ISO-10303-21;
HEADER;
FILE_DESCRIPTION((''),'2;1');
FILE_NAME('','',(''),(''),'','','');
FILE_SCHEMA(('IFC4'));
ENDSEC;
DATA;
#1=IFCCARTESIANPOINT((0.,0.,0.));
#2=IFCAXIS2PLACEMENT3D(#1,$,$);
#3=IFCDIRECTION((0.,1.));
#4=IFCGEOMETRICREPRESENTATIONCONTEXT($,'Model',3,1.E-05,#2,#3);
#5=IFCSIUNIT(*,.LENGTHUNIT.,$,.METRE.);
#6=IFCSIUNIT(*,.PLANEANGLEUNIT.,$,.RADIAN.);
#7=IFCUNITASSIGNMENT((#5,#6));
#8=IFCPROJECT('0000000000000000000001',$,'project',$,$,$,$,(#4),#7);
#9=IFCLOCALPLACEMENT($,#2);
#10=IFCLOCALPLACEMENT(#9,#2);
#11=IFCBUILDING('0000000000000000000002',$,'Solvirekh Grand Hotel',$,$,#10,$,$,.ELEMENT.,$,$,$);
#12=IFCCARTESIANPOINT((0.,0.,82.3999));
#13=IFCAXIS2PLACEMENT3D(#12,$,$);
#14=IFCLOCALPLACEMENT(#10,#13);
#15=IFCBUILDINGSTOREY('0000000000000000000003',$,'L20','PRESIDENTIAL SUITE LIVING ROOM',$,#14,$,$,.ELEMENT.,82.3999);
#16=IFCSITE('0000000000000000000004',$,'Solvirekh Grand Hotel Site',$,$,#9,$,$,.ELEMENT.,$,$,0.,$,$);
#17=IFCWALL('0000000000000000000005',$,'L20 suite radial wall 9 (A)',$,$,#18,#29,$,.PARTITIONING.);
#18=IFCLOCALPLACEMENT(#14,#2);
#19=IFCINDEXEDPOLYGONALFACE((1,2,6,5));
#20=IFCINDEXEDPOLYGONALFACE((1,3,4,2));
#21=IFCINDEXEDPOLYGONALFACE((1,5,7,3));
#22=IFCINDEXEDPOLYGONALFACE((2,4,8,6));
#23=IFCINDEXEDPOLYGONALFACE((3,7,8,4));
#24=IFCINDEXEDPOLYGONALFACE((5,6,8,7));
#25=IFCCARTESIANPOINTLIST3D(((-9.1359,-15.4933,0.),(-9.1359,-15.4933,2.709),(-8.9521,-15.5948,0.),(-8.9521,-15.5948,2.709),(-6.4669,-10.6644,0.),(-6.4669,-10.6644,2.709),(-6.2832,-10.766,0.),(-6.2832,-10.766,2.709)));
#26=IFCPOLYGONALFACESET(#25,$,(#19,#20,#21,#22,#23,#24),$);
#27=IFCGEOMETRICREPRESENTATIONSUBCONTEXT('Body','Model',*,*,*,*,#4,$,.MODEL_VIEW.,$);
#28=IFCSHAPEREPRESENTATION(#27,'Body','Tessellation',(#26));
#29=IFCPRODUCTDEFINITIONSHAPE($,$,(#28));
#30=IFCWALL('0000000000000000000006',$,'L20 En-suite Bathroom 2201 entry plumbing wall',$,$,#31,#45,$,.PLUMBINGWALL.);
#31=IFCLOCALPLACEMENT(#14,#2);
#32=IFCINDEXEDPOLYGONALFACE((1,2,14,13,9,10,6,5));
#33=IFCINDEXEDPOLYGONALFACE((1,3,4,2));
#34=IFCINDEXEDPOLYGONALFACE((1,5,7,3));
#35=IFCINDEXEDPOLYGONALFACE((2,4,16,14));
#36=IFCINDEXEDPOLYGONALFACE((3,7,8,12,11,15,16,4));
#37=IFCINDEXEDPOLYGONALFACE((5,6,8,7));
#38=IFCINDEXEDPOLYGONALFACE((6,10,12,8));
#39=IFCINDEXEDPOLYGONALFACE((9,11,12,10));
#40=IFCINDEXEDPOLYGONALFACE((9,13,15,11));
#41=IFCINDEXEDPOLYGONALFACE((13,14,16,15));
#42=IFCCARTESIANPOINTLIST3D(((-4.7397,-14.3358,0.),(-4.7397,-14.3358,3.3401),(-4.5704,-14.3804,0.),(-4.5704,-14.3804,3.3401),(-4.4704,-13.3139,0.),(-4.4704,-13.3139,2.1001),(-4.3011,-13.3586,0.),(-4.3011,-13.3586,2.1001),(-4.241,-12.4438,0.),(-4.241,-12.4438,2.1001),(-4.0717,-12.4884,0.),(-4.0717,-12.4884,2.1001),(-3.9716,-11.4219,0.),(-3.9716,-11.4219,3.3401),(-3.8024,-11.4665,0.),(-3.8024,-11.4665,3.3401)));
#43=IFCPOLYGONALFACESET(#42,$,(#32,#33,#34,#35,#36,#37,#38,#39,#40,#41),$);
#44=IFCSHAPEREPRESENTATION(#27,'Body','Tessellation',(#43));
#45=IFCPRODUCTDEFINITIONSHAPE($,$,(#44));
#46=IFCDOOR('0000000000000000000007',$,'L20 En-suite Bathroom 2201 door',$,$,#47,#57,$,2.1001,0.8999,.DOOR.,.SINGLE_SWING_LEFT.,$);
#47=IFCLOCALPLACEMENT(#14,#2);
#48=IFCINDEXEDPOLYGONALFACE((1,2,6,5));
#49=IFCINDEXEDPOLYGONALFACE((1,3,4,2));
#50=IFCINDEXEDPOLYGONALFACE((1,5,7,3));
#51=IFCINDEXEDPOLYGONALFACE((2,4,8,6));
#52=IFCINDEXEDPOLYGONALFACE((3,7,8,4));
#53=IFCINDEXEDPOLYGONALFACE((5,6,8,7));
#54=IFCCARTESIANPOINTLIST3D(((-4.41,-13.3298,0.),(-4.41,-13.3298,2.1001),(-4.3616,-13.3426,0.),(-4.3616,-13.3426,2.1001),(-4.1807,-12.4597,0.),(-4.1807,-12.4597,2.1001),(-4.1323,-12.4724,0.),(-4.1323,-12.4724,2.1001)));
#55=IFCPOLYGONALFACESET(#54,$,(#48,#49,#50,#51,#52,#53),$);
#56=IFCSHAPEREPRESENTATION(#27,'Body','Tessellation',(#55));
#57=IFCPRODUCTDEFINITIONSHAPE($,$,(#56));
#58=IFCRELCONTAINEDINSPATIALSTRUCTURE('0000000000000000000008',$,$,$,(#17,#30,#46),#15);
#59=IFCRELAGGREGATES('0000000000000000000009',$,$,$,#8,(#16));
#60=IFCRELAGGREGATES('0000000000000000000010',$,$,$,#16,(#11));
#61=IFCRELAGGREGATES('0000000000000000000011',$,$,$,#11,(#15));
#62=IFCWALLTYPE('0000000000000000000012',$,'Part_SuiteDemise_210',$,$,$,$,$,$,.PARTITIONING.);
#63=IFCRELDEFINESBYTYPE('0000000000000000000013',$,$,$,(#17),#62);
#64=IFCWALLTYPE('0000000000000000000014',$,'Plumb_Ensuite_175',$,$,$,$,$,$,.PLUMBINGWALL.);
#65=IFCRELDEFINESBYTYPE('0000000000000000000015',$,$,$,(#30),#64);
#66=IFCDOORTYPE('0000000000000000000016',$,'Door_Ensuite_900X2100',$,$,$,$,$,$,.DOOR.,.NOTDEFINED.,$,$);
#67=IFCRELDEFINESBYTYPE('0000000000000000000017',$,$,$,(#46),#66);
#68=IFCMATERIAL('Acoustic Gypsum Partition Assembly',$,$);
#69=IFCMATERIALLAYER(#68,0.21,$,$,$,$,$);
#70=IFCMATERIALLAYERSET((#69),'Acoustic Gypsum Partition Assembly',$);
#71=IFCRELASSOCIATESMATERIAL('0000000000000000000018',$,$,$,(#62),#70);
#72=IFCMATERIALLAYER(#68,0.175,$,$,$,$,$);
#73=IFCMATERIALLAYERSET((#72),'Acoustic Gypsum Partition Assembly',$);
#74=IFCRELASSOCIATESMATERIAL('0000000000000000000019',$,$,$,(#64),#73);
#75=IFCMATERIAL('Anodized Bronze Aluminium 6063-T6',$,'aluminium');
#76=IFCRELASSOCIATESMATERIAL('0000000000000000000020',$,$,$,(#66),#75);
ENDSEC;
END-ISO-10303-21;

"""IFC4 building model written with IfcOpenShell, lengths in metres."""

from ifc_helpers import new_model, si_unit, direction, frame, frame_2d, origin, place, context, subcontext, project, spatial, rectangle, extrude, material, layer, layer_set, type_object, element, fill, save


model = new_model("IFC4")

# Units and contexts
model_context = context("Model", 3, precision=1e-05, world=origin(), true_north=direction((0.0, 1.0)))
body_context = subcontext(model_context, "Body", "Model", "MODEL_VIEW")
ifc_project = project(units=[si_unit("LENGTHUNIT", "METRE"), si_unit("PLANEANGLEUNIT", "RADIAN")], contexts=[model_context])

# Site, building, storey
site_placement = place(None, origin())
site = spatial("IfcSite", under=ifc_project, at=site_placement, Name="Solvirekh Grand Hotel Site", CompositionType="ELEMENT", RefElevation=0.0)
building_placement = place(site_placement, origin())
building = spatial("IfcBuilding", under=site, at=building_placement, Name="Solvirekh Grand Hotel", CompositionType="ELEMENT")
storey_placement = place(building_placement, frame((0.0, 0.0, 82.3999)))
storey = spatial("IfcBuildingStorey", under=building, at=storey_placement, Name="L20", Description="PRESIDENTIAL SUITE LIVING ROOM", CompositionType="ELEMENT", Elevation=82.3999)

# Shared definitions
ifc_material_1 = material(Name="Acoustic Gypsum Partition Assembly")

# Wall
ifc_layer_1 = layer(ifc_material_1, 0.21)
ifc_layer_set_1 = layer_set([ifc_layer_1], Name="Acoustic Gypsum Partition Assembly")
wall_type_1 = type_object("IfcWallType", Name="Part_SuiteDemise_210", PredefinedType="PARTITIONING", material=ifc_layer_set_1)
wall_1_placement = place(storey_placement, frame((-6.375, -10.7151, 0.0), z_axis=(0.0, 0.0, 1.0), x_axis=(-0.483737, -0.875213, 0.0)))
element("IfcWall", 1, at=wall_1_placement, inside=storey, type_object=wall_type_1, Name="L20 suite radial wall 9 (A)", PredefinedType="PARTITIONING", context=body_context, shape_type="SweptSolid", body=[
    extrude(rectangle(XDim=5.5173, YDim=0.21, at=frame_2d((2.7588, 0.0))), origin(), (0.0, 0.0, 1.0), 2.709),
])

# Wall, opening, door
ifc_layer_2 = layer(ifc_material_1, 0.175)
ifc_layer_set_2 = layer_set([ifc_layer_2], Name="Acoustic Gypsum Partition Assembly")
wall_type_2 = type_object("IfcWallType", Name="Plumb_Ensuite_175", PredefinedType="PLUMBINGWALL", material=ifc_layer_set_2)
wall_2_placement = place(storey_placement, frame((-3.887, -11.4441, 0.0), z_axis=(0.0, 0.0, 1.0), x_axis=(-0.254888, -0.966971, 0.0)))
wall_2 = element("IfcWall", 2, at=wall_2_placement, inside=storey, type_object=wall_type_2, Name="L20 En-suite Bathroom 2201 entry plumbing wall", PredefinedType="PLUMBINGWALL", context=body_context, shape_type="SweptSolid", body=[
    extrude(rectangle(XDim=3.0134, YDim=0.175, at=frame_2d((1.5068, 0.0))), origin(), (0.0, 0.0, 1.0), 3.3401),
])
opening_1_placement = place(wall_2_placement, frame((1.0569, 0.0, 0.0)))
opening_1 = element("IfcOpeningElement", 3, at=opening_1_placement, cuts=wall_2, PredefinedType="OPENING", context=body_context, shape_type="SweptSolid", body=[
    extrude(rectangle(XDim=0.8999, YDim=2.1001, at=frame_2d((0.45, 1.05))), frame((0.0, 0.0977, 0.0), z_axis=(0.0, -1.0, 0.0), x_axis=(1.0, 0.0, 0.0)), (0.0, 0.0, 1.0), 0.1951),
])
ifc_material_2 = material(Name="Anodized Bronze Aluminium 6063-T6", Category="aluminium")
door_type_1 = type_object("IfcDoorType", Name="Door_Ensuite_900X2100", OperationType="NOTDEFINED", PredefinedType="DOOR", material=ifc_material_2)
door_1_placement = place(opening_1_placement, origin())
door_1 = element("IfcDoor", 4, at=door_1_placement, inside=storey, type_object=door_type_1, Name="L20 En-suite Bathroom 2201 door", OperationType="SINGLE_SWING_LEFT", OverallHeight=2.1001, OverallWidth=0.8999, PredefinedType="DOOR", context=body_context, shape_type="SweptSolid", body=[
    extrude(rectangle(XDim=0.8999, YDim=2.1001, at=frame_2d((0.45, 1.05))), frame((0.0, 0.0249, 0.0), z_axis=(0.0, -1.0, 0.0), x_axis=(1.0, 0.0, 0.0)), (0.0, 0.0, 1.0), 0.05),
])
fill(opening_1, door_1)

save(model, "model.ifc")
